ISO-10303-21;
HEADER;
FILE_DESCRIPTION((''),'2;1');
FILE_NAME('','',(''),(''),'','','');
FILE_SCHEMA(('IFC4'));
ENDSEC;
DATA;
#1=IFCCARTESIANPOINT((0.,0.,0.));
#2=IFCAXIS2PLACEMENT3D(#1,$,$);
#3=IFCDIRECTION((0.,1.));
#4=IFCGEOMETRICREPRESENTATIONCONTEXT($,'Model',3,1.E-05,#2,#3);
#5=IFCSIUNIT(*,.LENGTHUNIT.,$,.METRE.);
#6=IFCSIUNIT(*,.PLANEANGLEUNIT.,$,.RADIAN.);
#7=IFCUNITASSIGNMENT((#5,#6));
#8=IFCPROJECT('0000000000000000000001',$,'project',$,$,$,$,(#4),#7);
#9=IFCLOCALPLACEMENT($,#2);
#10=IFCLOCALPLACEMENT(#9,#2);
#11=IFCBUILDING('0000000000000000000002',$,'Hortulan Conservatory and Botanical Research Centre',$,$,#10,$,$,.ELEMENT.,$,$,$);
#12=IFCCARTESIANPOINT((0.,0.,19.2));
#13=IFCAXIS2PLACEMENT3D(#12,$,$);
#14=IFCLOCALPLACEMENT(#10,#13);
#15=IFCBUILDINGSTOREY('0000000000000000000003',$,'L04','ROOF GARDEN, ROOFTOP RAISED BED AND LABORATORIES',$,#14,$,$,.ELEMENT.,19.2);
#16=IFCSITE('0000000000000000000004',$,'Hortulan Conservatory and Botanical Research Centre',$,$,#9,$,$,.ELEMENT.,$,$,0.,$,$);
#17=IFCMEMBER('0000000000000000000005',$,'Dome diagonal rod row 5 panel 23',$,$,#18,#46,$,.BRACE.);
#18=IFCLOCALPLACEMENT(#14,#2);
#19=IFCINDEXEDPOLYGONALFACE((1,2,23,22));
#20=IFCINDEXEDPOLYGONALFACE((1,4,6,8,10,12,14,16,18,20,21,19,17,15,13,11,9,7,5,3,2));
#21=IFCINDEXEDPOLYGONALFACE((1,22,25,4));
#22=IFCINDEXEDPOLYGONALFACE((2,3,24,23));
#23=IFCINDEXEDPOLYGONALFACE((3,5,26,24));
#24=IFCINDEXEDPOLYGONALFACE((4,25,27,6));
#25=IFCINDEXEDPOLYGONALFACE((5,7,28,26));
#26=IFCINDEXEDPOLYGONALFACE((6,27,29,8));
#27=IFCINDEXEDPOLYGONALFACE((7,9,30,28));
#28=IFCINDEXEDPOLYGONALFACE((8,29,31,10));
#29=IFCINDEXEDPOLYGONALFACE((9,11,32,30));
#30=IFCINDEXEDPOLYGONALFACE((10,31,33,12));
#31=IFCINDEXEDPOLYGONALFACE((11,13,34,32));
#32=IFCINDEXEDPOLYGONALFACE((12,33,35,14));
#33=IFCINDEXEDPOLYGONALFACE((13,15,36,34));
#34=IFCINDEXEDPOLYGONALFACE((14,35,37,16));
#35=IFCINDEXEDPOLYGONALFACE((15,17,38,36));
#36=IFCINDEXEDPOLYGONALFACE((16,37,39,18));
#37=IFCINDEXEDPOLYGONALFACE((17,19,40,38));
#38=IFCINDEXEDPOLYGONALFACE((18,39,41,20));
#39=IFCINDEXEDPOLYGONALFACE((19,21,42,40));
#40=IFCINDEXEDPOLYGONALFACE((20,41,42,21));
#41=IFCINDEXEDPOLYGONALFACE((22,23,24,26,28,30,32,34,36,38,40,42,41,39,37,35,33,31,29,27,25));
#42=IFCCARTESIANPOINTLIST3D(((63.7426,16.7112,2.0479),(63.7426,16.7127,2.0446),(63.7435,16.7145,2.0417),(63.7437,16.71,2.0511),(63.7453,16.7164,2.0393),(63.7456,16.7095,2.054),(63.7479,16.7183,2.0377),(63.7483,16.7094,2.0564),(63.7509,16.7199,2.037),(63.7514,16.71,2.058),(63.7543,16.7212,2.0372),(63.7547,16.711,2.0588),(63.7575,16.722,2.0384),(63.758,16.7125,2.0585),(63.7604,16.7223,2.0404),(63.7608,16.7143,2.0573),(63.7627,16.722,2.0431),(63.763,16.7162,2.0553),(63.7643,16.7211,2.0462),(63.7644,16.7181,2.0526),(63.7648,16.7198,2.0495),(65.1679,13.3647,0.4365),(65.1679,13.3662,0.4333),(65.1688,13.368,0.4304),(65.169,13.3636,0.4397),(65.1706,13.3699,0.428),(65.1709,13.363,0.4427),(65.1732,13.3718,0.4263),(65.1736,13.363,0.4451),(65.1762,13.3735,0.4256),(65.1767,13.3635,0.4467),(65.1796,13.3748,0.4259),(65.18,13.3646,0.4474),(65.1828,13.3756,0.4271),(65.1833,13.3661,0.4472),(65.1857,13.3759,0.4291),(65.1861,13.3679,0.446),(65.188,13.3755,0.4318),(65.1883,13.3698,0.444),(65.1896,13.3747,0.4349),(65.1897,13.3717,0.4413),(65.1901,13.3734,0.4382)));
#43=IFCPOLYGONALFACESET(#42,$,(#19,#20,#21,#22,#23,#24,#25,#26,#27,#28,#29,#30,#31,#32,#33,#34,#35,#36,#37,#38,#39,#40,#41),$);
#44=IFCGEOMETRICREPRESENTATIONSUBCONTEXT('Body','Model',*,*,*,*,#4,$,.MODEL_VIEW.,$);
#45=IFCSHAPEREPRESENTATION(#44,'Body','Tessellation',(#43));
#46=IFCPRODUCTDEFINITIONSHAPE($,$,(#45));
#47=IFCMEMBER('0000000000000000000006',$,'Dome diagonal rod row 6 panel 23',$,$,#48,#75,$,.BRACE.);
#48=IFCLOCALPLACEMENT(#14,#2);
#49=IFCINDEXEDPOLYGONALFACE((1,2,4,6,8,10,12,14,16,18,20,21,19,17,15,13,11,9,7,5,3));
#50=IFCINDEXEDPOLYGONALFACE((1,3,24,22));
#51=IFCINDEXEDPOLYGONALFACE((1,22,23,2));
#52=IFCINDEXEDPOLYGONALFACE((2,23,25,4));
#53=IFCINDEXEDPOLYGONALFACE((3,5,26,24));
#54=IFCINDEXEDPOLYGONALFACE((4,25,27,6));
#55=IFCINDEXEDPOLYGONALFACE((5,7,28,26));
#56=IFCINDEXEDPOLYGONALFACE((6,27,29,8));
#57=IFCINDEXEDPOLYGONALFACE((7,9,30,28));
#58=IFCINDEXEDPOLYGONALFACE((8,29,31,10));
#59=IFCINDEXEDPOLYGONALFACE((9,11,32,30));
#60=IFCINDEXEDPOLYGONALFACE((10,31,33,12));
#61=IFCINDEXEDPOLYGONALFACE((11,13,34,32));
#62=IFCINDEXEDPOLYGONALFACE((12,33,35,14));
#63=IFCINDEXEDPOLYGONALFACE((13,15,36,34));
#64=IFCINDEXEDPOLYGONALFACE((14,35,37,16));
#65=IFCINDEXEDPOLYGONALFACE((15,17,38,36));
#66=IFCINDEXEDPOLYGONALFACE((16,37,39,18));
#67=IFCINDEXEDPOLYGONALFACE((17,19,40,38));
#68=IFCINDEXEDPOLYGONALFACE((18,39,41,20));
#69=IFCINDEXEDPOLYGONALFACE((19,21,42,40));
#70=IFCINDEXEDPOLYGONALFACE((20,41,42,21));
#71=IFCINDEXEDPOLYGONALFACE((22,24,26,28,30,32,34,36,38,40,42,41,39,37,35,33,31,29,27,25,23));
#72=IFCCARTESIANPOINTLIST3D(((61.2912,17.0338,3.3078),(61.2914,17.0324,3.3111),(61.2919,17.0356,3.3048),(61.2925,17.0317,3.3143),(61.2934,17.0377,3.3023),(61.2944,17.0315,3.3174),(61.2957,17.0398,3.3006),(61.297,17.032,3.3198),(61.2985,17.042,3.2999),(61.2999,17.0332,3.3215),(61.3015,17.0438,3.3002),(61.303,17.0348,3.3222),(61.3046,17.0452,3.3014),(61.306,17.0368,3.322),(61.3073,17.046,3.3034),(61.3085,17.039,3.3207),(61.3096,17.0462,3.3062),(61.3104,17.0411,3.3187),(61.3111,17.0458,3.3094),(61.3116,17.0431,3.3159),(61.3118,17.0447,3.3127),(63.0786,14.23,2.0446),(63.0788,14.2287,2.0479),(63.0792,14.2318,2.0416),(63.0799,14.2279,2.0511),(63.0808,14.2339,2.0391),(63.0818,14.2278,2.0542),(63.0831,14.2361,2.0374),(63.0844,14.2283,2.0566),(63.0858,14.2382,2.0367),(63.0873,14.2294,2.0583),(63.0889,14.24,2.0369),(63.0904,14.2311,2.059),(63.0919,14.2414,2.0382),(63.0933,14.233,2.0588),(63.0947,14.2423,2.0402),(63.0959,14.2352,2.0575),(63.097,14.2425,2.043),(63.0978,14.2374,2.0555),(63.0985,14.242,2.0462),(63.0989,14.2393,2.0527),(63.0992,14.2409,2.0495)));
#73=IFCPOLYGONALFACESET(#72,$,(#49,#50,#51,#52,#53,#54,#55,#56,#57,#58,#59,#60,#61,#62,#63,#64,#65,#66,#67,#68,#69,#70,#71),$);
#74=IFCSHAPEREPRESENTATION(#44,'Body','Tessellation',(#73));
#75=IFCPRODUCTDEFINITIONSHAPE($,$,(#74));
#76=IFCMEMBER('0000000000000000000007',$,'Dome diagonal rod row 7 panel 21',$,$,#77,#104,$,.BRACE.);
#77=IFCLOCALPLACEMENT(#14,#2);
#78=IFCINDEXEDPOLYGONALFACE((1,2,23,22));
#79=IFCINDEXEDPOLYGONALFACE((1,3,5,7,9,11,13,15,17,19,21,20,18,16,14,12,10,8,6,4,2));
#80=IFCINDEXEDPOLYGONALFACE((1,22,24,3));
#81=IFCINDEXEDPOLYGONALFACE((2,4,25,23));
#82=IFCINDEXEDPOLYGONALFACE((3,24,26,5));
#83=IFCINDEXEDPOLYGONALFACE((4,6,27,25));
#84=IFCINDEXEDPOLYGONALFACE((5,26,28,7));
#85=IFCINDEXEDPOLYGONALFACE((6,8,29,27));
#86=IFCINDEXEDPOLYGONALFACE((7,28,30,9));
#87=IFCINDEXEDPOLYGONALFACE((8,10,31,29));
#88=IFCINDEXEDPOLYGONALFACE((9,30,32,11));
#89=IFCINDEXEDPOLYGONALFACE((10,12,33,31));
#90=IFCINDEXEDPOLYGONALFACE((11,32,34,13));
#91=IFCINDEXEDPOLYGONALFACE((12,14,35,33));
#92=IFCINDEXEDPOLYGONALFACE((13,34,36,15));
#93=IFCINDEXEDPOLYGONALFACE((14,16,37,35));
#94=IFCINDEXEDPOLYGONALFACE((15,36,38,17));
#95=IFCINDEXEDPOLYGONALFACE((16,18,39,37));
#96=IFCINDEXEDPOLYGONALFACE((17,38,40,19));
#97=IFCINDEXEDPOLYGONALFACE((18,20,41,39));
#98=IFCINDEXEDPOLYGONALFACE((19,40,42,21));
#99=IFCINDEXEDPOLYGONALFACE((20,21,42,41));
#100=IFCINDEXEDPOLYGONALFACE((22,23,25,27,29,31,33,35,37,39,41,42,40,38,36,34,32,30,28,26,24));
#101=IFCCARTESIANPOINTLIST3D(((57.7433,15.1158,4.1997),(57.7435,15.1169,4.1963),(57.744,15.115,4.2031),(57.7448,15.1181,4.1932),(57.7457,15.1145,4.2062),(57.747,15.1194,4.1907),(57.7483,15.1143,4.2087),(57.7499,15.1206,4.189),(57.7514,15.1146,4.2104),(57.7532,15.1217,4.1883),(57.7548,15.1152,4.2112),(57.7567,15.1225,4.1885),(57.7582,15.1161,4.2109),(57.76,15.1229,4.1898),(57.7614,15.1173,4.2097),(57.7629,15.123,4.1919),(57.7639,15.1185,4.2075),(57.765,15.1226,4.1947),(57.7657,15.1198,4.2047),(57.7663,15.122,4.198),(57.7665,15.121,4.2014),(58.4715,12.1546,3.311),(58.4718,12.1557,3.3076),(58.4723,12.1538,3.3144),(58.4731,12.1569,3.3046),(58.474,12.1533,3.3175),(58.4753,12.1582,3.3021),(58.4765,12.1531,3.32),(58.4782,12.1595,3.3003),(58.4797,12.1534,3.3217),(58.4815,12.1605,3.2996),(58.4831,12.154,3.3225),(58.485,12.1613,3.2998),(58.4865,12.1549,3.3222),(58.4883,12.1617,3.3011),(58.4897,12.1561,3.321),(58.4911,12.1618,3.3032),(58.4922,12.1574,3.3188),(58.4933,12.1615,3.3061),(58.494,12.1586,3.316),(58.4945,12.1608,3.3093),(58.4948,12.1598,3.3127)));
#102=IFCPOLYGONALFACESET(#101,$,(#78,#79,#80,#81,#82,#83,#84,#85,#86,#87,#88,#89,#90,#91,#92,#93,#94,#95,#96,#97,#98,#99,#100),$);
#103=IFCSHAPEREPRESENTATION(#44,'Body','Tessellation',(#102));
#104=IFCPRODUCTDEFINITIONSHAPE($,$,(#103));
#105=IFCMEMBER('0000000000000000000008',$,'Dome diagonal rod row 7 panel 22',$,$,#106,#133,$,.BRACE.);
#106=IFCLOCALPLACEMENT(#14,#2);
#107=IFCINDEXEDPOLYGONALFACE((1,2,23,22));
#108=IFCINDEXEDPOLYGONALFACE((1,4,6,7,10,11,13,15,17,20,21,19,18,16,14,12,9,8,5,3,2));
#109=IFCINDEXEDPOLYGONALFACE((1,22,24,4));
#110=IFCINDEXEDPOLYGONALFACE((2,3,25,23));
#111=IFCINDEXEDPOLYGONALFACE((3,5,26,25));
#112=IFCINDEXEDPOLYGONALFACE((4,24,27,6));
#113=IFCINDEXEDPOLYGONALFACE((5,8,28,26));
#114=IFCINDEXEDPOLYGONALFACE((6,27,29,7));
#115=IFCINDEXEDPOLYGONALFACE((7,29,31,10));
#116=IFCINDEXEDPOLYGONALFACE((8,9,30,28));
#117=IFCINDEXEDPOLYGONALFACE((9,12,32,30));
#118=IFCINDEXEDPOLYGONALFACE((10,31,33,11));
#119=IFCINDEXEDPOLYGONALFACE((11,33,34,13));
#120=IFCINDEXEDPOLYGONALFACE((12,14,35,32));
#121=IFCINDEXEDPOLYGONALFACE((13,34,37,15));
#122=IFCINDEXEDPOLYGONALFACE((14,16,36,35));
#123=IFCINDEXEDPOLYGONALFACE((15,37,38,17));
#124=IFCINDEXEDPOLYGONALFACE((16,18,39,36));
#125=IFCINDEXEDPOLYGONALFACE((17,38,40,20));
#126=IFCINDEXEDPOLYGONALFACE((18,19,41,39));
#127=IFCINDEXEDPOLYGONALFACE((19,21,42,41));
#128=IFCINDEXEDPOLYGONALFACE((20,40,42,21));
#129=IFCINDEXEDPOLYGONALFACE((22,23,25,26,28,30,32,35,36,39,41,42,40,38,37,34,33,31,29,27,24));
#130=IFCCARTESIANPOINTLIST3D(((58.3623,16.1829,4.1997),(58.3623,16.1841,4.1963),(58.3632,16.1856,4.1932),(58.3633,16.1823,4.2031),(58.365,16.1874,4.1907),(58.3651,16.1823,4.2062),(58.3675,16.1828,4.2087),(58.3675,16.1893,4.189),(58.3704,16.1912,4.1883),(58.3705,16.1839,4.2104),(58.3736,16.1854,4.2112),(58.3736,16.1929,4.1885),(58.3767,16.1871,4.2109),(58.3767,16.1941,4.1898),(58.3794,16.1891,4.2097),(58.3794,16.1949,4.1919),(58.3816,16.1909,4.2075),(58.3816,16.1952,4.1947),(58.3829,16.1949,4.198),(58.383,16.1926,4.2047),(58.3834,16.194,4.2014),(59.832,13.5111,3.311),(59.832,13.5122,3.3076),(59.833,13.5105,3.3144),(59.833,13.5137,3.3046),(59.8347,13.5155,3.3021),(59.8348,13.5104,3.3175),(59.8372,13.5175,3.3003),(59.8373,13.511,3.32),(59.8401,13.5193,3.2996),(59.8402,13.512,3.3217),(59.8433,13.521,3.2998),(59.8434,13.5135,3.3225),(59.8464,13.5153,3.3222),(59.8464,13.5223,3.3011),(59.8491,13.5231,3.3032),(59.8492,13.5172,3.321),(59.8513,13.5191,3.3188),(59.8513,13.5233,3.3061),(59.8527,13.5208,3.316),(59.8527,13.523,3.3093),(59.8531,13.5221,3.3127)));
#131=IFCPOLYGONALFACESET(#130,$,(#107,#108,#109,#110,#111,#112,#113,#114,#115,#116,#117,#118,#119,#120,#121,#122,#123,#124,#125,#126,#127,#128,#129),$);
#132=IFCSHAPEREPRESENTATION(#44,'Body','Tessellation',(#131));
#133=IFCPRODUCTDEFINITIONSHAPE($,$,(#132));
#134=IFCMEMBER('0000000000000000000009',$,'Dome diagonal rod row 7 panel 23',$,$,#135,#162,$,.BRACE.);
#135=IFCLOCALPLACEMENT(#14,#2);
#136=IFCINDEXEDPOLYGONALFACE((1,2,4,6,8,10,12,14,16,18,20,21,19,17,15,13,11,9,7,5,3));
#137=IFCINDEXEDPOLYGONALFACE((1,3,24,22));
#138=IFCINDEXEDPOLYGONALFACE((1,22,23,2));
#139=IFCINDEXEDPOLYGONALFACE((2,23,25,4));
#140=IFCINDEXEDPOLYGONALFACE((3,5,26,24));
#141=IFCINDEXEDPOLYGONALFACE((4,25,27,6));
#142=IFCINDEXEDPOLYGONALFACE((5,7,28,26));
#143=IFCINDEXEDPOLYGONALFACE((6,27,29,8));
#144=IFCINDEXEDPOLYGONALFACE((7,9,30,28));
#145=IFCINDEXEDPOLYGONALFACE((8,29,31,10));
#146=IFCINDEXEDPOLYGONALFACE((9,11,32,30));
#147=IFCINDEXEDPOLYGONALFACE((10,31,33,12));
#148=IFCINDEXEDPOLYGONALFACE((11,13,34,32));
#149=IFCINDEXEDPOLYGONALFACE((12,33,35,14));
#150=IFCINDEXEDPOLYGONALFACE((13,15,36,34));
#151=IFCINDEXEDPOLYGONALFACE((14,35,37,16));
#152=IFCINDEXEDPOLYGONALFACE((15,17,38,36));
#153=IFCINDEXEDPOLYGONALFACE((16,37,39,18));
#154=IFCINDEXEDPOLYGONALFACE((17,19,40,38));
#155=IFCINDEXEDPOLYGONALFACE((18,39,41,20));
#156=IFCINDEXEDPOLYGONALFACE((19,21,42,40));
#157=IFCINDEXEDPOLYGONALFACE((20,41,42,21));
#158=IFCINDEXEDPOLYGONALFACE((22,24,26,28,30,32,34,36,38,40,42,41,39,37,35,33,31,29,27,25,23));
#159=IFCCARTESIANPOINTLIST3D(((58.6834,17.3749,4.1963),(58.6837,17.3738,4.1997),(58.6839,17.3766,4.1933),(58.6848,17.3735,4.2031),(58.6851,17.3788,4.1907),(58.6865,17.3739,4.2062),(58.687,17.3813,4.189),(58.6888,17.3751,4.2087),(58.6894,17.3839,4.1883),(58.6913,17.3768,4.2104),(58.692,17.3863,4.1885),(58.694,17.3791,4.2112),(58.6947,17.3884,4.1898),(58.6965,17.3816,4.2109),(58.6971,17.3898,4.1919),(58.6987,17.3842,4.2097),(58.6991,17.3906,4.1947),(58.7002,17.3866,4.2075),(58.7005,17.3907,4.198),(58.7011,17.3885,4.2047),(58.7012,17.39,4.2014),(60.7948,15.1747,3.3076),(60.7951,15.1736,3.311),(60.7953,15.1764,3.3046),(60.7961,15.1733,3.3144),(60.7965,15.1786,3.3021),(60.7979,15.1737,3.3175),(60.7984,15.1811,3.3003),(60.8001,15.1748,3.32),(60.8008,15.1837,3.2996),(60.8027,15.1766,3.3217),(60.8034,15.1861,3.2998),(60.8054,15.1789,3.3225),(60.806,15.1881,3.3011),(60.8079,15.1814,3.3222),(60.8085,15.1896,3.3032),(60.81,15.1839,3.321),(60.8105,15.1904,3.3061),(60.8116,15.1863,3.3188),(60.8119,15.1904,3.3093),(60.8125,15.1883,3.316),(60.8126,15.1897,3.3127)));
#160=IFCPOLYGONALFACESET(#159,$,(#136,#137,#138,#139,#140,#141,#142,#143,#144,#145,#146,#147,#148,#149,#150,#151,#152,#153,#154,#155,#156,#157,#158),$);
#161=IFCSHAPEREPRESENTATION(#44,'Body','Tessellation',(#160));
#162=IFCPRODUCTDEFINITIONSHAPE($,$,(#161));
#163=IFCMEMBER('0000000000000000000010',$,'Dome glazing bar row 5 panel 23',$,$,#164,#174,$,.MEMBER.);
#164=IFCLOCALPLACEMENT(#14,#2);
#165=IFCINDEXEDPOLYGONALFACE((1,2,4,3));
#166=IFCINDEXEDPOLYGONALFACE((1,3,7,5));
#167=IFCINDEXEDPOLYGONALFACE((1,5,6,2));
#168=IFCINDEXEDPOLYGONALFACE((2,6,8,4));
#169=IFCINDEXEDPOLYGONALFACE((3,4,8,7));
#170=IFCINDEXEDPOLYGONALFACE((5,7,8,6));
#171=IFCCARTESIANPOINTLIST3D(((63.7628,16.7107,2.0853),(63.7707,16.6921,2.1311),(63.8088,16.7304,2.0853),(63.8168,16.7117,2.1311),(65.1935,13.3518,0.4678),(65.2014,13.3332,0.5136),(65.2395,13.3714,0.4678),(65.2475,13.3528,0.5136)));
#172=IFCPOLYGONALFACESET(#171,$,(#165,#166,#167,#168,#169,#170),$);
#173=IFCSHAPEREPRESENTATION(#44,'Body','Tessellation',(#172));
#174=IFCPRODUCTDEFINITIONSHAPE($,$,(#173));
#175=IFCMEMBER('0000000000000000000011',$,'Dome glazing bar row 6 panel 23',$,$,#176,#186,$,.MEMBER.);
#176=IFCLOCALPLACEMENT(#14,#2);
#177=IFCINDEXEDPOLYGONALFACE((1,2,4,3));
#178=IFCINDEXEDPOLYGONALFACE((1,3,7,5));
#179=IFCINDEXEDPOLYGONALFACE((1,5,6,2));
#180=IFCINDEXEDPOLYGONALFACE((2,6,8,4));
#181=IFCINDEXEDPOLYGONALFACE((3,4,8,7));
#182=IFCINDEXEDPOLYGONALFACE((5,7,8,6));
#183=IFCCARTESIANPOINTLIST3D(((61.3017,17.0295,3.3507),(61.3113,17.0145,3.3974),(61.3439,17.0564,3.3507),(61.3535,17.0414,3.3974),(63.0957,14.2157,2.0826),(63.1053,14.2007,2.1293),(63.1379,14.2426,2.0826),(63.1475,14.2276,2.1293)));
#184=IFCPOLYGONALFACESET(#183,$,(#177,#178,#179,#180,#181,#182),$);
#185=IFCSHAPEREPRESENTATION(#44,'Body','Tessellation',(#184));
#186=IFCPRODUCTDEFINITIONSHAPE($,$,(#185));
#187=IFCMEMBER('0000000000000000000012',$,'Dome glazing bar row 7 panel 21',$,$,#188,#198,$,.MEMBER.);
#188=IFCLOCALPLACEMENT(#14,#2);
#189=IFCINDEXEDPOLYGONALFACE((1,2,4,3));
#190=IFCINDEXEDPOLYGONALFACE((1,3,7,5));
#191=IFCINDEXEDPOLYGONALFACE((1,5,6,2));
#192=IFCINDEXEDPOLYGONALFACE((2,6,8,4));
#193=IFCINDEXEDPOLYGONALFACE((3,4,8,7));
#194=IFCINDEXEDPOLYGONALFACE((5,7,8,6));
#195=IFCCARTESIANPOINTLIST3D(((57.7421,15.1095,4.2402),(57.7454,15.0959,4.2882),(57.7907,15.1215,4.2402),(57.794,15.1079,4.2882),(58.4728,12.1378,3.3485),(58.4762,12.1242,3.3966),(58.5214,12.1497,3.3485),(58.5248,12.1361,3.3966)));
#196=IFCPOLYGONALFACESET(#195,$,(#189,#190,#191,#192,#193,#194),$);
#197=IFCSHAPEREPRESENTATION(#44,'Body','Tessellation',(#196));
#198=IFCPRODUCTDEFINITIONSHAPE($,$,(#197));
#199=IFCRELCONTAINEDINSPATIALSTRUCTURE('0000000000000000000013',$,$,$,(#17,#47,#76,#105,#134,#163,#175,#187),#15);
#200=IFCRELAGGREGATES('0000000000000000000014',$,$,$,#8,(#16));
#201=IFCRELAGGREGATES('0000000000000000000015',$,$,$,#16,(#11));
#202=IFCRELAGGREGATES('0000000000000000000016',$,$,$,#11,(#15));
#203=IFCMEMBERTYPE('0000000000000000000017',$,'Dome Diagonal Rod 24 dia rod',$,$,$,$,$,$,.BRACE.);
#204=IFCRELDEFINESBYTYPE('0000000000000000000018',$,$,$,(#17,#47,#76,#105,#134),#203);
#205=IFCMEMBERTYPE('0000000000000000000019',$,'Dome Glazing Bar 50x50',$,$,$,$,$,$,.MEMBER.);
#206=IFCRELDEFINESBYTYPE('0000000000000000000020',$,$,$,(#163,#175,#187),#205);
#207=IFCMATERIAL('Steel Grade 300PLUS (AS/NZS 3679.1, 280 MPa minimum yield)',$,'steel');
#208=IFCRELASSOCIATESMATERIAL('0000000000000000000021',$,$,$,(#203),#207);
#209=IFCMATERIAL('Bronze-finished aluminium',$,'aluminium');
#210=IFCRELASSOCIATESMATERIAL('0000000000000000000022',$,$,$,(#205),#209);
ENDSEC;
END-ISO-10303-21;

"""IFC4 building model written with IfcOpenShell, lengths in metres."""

from ifc_helpers import new_model, si_unit, direction, frame, origin, origin_2d, place, context, subcontext, project, spatial, rectangle, circle, extrude, material, material_profile, profile_set, type_object, element, save


model = new_model("IFC4")

# Units and contexts
model_context = context("Model", 3, precision=1e-05, world=origin(), true_north=direction((0.0, 1.0)))
body_context = subcontext(model_context, "Body", "Model", "MODEL_VIEW")
ifc_project = project(units=[si_unit("LENGTHUNIT", "METRE"), si_unit("PLANEANGLEUNIT", "RADIAN")], contexts=[model_context])

# Site, building, storey
site_placement = place(None, origin())
site = spatial("IfcSite", under=ifc_project, at=site_placement, Name="Hortulan Conservatory and Botanical Research Centre", CompositionType="ELEMENT", RefElevation=0.0)
building_placement = place(site_placement, origin())
building = spatial("IfcBuilding", under=site, at=building_placement, Name="Hortulan Conservatory and Botanical Research Centre", CompositionType="ELEMENT")
storey_placement = place(building_placement, frame((0.0, 0.0, 19.2)))
storey = spatial("IfcBuildingStorey", under=building, at=storey_placement, Name="L04", Description="ROOF GARDEN, ROOFTOP RAISED BED AND LABORATORIES", CompositionType="ELEMENT", Elevation=19.2)

# Members
ifc_material_1 = material(Name="Steel Grade 300PLUS (AS/NZS 3679.1, 280 MPa minimum yield)", Category="steel")
ifc_material_profile_1 = material_profile(ifc_material_1, circle(Radius=0.012, at=origin_2d()), Name="24 dia rod")
ifc_profile_set_1 = profile_set([ifc_material_profile_1], Name="Steel Grade 300PLUS (AS/NZS 3679.1, 280 MPa minimum yield)")
member_type_1 = type_object("IfcMemberType", Name="Dome Diagonal Rod 24 dia rod", PredefinedType="BRACE", material=ifc_profile_set_1)
member_1_placement = place(storey_placement, frame((65.179, 13.3694, 0.4365), z_axis=(-0.358271, 0.841183, 0.405034), x_axis=(-0.920028, -0.391853, 0.0)))
element("IfcMember", 1, at=member_1_placement, inside=storey, type_object=member_type_1, Name="Dome diagonal rod row 5 panel 23", PredefinedType="BRACE", context=body_context, shape_type="SweptSolid", body=[
    extrude(circle(Radius=0.012, at=origin_2d()), origin(), (0.0, 0.0, 1.0), 3.9783),
])
member_2_placement = place(storey_placement, frame((63.0889, 14.2351, 2.0479), z_axis=(-0.502513, 0.788261, 0.355143), x_axis=(-0.843229, -0.537555, 0.0)))
element("IfcMember", 2, at=member_2_placement, inside=storey, type_object=member_type_1, Name="Dome diagonal rod row 6 panel 23", PredefinedType="BRACE", context=body_context, shape_type="SweptSolid", body=[
    extrude(circle(Radius=0.012, at=origin_2d()), origin(), (0.0, 0.0, 1.0), 3.5569),
])
for number, where, z_axis, x_axis, name in (
    (3, (58.4832, 12.1575, 3.311), (-0.229285, 0.932282, 0.279784), (-0.971063, -0.238823, 0.0), "Dome diagonal rod row 7 panel 21"),
    (4, (59.8425, 13.5168, 3.311), (-0.46272, 0.841197, 0.279784), (-0.876189, -0.481968, 0.0), "Dome diagonal rod row 7 panel 22"),
    (5, (60.8037, 15.1819, 3.311), (-0.664732, 0.692711, 0.27979), (-0.721528, -0.692385, 0.0), "Dome diagonal rod row 7 panel 23"),
):
    element("IfcMember", number, at=place(storey_placement, frame(where, z_axis=z_axis, x_axis=x_axis)), inside=storey, type_object=member_type_1, Name=name, PredefinedType="BRACE", context=body_context, shape_type="SweptSolid", body=[
        extrude(circle(Radius=0.012, at=origin_2d()), origin(), (0.0, 0.0, 1.0), 3.1763),
    ])
ifc_material_2 = material(Name="Bronze-finished aluminium", Category="aluminium")
ifc_material_profile_2 = material_profile(ifc_material_2, rectangle(XDim=0.05, YDim=0.05, at=origin_2d()), Name="Square bar 50x50")
ifc_profile_set_2 = profile_set([ifc_material_profile_2], Name="Bronze-finished aluminium")
member_type_2 = type_object("IfcMemberType", Name="Dome Glazing Bar 50x50", PredefinedType="MEMBER", material=ifc_profile_set_2)
member_3_placement = place(storey_placement, frame((65.2205, 13.3523, 0.4907), z_axis=(-0.358282, 0.841169, 0.405055), x_axis=(-0.920021, -0.391868, 0.0)))
element("IfcMember", 6, at=member_3_placement, inside=storey, type_object=member_type_2, Name="Dome glazing bar row 5 panel 23", PredefinedType="MEMBER", context=body_context, shape_type="SweptSolid", body=[
    extrude(rectangle(XDim=0.05, YDim=0.05, at=origin_2d()), origin(), (0.0, 0.0, 1.0), 3.9932),
])
member_4_placement = place(storey_placement, frame((63.1216, 14.2217, 2.106), z_axis=(-0.502538, 0.788208, 0.355224), x_axis=(-0.8432, -0.5376, 0.0)))
element("IfcMember", 7, at=member_4_placement, inside=storey, type_object=member_type_2, Name="Dome glazing bar row 6 panel 23", PredefinedType="MEMBER", context=body_context, shape_type="SweptSolid", body=[
    extrude(rectangle(XDim=0.05, YDim=0.05, at=origin_2d()), origin(), (0.0, 0.0, 1.0), 3.5698),
])
member_5_placement = place(storey_placement, frame((58.4988, 12.137, 3.3726), z_axis=(-0.229248, 0.932309, 0.279723), x_axis=(-0.971074, -0.238779, 0.0)))
element("IfcMember", 8, at=member_5_placement, inside=storey, type_object=member_type_2, Name="Dome glazing bar row 7 panel 21", PredefinedType="MEMBER", context=body_context, shape_type="SweptSolid", body=[
    extrude(rectangle(XDim=0.05, YDim=0.05, at=origin_2d()), origin(), (0.0, 0.0, 1.0), 3.1875),
])

save(model, "model.ifc")
